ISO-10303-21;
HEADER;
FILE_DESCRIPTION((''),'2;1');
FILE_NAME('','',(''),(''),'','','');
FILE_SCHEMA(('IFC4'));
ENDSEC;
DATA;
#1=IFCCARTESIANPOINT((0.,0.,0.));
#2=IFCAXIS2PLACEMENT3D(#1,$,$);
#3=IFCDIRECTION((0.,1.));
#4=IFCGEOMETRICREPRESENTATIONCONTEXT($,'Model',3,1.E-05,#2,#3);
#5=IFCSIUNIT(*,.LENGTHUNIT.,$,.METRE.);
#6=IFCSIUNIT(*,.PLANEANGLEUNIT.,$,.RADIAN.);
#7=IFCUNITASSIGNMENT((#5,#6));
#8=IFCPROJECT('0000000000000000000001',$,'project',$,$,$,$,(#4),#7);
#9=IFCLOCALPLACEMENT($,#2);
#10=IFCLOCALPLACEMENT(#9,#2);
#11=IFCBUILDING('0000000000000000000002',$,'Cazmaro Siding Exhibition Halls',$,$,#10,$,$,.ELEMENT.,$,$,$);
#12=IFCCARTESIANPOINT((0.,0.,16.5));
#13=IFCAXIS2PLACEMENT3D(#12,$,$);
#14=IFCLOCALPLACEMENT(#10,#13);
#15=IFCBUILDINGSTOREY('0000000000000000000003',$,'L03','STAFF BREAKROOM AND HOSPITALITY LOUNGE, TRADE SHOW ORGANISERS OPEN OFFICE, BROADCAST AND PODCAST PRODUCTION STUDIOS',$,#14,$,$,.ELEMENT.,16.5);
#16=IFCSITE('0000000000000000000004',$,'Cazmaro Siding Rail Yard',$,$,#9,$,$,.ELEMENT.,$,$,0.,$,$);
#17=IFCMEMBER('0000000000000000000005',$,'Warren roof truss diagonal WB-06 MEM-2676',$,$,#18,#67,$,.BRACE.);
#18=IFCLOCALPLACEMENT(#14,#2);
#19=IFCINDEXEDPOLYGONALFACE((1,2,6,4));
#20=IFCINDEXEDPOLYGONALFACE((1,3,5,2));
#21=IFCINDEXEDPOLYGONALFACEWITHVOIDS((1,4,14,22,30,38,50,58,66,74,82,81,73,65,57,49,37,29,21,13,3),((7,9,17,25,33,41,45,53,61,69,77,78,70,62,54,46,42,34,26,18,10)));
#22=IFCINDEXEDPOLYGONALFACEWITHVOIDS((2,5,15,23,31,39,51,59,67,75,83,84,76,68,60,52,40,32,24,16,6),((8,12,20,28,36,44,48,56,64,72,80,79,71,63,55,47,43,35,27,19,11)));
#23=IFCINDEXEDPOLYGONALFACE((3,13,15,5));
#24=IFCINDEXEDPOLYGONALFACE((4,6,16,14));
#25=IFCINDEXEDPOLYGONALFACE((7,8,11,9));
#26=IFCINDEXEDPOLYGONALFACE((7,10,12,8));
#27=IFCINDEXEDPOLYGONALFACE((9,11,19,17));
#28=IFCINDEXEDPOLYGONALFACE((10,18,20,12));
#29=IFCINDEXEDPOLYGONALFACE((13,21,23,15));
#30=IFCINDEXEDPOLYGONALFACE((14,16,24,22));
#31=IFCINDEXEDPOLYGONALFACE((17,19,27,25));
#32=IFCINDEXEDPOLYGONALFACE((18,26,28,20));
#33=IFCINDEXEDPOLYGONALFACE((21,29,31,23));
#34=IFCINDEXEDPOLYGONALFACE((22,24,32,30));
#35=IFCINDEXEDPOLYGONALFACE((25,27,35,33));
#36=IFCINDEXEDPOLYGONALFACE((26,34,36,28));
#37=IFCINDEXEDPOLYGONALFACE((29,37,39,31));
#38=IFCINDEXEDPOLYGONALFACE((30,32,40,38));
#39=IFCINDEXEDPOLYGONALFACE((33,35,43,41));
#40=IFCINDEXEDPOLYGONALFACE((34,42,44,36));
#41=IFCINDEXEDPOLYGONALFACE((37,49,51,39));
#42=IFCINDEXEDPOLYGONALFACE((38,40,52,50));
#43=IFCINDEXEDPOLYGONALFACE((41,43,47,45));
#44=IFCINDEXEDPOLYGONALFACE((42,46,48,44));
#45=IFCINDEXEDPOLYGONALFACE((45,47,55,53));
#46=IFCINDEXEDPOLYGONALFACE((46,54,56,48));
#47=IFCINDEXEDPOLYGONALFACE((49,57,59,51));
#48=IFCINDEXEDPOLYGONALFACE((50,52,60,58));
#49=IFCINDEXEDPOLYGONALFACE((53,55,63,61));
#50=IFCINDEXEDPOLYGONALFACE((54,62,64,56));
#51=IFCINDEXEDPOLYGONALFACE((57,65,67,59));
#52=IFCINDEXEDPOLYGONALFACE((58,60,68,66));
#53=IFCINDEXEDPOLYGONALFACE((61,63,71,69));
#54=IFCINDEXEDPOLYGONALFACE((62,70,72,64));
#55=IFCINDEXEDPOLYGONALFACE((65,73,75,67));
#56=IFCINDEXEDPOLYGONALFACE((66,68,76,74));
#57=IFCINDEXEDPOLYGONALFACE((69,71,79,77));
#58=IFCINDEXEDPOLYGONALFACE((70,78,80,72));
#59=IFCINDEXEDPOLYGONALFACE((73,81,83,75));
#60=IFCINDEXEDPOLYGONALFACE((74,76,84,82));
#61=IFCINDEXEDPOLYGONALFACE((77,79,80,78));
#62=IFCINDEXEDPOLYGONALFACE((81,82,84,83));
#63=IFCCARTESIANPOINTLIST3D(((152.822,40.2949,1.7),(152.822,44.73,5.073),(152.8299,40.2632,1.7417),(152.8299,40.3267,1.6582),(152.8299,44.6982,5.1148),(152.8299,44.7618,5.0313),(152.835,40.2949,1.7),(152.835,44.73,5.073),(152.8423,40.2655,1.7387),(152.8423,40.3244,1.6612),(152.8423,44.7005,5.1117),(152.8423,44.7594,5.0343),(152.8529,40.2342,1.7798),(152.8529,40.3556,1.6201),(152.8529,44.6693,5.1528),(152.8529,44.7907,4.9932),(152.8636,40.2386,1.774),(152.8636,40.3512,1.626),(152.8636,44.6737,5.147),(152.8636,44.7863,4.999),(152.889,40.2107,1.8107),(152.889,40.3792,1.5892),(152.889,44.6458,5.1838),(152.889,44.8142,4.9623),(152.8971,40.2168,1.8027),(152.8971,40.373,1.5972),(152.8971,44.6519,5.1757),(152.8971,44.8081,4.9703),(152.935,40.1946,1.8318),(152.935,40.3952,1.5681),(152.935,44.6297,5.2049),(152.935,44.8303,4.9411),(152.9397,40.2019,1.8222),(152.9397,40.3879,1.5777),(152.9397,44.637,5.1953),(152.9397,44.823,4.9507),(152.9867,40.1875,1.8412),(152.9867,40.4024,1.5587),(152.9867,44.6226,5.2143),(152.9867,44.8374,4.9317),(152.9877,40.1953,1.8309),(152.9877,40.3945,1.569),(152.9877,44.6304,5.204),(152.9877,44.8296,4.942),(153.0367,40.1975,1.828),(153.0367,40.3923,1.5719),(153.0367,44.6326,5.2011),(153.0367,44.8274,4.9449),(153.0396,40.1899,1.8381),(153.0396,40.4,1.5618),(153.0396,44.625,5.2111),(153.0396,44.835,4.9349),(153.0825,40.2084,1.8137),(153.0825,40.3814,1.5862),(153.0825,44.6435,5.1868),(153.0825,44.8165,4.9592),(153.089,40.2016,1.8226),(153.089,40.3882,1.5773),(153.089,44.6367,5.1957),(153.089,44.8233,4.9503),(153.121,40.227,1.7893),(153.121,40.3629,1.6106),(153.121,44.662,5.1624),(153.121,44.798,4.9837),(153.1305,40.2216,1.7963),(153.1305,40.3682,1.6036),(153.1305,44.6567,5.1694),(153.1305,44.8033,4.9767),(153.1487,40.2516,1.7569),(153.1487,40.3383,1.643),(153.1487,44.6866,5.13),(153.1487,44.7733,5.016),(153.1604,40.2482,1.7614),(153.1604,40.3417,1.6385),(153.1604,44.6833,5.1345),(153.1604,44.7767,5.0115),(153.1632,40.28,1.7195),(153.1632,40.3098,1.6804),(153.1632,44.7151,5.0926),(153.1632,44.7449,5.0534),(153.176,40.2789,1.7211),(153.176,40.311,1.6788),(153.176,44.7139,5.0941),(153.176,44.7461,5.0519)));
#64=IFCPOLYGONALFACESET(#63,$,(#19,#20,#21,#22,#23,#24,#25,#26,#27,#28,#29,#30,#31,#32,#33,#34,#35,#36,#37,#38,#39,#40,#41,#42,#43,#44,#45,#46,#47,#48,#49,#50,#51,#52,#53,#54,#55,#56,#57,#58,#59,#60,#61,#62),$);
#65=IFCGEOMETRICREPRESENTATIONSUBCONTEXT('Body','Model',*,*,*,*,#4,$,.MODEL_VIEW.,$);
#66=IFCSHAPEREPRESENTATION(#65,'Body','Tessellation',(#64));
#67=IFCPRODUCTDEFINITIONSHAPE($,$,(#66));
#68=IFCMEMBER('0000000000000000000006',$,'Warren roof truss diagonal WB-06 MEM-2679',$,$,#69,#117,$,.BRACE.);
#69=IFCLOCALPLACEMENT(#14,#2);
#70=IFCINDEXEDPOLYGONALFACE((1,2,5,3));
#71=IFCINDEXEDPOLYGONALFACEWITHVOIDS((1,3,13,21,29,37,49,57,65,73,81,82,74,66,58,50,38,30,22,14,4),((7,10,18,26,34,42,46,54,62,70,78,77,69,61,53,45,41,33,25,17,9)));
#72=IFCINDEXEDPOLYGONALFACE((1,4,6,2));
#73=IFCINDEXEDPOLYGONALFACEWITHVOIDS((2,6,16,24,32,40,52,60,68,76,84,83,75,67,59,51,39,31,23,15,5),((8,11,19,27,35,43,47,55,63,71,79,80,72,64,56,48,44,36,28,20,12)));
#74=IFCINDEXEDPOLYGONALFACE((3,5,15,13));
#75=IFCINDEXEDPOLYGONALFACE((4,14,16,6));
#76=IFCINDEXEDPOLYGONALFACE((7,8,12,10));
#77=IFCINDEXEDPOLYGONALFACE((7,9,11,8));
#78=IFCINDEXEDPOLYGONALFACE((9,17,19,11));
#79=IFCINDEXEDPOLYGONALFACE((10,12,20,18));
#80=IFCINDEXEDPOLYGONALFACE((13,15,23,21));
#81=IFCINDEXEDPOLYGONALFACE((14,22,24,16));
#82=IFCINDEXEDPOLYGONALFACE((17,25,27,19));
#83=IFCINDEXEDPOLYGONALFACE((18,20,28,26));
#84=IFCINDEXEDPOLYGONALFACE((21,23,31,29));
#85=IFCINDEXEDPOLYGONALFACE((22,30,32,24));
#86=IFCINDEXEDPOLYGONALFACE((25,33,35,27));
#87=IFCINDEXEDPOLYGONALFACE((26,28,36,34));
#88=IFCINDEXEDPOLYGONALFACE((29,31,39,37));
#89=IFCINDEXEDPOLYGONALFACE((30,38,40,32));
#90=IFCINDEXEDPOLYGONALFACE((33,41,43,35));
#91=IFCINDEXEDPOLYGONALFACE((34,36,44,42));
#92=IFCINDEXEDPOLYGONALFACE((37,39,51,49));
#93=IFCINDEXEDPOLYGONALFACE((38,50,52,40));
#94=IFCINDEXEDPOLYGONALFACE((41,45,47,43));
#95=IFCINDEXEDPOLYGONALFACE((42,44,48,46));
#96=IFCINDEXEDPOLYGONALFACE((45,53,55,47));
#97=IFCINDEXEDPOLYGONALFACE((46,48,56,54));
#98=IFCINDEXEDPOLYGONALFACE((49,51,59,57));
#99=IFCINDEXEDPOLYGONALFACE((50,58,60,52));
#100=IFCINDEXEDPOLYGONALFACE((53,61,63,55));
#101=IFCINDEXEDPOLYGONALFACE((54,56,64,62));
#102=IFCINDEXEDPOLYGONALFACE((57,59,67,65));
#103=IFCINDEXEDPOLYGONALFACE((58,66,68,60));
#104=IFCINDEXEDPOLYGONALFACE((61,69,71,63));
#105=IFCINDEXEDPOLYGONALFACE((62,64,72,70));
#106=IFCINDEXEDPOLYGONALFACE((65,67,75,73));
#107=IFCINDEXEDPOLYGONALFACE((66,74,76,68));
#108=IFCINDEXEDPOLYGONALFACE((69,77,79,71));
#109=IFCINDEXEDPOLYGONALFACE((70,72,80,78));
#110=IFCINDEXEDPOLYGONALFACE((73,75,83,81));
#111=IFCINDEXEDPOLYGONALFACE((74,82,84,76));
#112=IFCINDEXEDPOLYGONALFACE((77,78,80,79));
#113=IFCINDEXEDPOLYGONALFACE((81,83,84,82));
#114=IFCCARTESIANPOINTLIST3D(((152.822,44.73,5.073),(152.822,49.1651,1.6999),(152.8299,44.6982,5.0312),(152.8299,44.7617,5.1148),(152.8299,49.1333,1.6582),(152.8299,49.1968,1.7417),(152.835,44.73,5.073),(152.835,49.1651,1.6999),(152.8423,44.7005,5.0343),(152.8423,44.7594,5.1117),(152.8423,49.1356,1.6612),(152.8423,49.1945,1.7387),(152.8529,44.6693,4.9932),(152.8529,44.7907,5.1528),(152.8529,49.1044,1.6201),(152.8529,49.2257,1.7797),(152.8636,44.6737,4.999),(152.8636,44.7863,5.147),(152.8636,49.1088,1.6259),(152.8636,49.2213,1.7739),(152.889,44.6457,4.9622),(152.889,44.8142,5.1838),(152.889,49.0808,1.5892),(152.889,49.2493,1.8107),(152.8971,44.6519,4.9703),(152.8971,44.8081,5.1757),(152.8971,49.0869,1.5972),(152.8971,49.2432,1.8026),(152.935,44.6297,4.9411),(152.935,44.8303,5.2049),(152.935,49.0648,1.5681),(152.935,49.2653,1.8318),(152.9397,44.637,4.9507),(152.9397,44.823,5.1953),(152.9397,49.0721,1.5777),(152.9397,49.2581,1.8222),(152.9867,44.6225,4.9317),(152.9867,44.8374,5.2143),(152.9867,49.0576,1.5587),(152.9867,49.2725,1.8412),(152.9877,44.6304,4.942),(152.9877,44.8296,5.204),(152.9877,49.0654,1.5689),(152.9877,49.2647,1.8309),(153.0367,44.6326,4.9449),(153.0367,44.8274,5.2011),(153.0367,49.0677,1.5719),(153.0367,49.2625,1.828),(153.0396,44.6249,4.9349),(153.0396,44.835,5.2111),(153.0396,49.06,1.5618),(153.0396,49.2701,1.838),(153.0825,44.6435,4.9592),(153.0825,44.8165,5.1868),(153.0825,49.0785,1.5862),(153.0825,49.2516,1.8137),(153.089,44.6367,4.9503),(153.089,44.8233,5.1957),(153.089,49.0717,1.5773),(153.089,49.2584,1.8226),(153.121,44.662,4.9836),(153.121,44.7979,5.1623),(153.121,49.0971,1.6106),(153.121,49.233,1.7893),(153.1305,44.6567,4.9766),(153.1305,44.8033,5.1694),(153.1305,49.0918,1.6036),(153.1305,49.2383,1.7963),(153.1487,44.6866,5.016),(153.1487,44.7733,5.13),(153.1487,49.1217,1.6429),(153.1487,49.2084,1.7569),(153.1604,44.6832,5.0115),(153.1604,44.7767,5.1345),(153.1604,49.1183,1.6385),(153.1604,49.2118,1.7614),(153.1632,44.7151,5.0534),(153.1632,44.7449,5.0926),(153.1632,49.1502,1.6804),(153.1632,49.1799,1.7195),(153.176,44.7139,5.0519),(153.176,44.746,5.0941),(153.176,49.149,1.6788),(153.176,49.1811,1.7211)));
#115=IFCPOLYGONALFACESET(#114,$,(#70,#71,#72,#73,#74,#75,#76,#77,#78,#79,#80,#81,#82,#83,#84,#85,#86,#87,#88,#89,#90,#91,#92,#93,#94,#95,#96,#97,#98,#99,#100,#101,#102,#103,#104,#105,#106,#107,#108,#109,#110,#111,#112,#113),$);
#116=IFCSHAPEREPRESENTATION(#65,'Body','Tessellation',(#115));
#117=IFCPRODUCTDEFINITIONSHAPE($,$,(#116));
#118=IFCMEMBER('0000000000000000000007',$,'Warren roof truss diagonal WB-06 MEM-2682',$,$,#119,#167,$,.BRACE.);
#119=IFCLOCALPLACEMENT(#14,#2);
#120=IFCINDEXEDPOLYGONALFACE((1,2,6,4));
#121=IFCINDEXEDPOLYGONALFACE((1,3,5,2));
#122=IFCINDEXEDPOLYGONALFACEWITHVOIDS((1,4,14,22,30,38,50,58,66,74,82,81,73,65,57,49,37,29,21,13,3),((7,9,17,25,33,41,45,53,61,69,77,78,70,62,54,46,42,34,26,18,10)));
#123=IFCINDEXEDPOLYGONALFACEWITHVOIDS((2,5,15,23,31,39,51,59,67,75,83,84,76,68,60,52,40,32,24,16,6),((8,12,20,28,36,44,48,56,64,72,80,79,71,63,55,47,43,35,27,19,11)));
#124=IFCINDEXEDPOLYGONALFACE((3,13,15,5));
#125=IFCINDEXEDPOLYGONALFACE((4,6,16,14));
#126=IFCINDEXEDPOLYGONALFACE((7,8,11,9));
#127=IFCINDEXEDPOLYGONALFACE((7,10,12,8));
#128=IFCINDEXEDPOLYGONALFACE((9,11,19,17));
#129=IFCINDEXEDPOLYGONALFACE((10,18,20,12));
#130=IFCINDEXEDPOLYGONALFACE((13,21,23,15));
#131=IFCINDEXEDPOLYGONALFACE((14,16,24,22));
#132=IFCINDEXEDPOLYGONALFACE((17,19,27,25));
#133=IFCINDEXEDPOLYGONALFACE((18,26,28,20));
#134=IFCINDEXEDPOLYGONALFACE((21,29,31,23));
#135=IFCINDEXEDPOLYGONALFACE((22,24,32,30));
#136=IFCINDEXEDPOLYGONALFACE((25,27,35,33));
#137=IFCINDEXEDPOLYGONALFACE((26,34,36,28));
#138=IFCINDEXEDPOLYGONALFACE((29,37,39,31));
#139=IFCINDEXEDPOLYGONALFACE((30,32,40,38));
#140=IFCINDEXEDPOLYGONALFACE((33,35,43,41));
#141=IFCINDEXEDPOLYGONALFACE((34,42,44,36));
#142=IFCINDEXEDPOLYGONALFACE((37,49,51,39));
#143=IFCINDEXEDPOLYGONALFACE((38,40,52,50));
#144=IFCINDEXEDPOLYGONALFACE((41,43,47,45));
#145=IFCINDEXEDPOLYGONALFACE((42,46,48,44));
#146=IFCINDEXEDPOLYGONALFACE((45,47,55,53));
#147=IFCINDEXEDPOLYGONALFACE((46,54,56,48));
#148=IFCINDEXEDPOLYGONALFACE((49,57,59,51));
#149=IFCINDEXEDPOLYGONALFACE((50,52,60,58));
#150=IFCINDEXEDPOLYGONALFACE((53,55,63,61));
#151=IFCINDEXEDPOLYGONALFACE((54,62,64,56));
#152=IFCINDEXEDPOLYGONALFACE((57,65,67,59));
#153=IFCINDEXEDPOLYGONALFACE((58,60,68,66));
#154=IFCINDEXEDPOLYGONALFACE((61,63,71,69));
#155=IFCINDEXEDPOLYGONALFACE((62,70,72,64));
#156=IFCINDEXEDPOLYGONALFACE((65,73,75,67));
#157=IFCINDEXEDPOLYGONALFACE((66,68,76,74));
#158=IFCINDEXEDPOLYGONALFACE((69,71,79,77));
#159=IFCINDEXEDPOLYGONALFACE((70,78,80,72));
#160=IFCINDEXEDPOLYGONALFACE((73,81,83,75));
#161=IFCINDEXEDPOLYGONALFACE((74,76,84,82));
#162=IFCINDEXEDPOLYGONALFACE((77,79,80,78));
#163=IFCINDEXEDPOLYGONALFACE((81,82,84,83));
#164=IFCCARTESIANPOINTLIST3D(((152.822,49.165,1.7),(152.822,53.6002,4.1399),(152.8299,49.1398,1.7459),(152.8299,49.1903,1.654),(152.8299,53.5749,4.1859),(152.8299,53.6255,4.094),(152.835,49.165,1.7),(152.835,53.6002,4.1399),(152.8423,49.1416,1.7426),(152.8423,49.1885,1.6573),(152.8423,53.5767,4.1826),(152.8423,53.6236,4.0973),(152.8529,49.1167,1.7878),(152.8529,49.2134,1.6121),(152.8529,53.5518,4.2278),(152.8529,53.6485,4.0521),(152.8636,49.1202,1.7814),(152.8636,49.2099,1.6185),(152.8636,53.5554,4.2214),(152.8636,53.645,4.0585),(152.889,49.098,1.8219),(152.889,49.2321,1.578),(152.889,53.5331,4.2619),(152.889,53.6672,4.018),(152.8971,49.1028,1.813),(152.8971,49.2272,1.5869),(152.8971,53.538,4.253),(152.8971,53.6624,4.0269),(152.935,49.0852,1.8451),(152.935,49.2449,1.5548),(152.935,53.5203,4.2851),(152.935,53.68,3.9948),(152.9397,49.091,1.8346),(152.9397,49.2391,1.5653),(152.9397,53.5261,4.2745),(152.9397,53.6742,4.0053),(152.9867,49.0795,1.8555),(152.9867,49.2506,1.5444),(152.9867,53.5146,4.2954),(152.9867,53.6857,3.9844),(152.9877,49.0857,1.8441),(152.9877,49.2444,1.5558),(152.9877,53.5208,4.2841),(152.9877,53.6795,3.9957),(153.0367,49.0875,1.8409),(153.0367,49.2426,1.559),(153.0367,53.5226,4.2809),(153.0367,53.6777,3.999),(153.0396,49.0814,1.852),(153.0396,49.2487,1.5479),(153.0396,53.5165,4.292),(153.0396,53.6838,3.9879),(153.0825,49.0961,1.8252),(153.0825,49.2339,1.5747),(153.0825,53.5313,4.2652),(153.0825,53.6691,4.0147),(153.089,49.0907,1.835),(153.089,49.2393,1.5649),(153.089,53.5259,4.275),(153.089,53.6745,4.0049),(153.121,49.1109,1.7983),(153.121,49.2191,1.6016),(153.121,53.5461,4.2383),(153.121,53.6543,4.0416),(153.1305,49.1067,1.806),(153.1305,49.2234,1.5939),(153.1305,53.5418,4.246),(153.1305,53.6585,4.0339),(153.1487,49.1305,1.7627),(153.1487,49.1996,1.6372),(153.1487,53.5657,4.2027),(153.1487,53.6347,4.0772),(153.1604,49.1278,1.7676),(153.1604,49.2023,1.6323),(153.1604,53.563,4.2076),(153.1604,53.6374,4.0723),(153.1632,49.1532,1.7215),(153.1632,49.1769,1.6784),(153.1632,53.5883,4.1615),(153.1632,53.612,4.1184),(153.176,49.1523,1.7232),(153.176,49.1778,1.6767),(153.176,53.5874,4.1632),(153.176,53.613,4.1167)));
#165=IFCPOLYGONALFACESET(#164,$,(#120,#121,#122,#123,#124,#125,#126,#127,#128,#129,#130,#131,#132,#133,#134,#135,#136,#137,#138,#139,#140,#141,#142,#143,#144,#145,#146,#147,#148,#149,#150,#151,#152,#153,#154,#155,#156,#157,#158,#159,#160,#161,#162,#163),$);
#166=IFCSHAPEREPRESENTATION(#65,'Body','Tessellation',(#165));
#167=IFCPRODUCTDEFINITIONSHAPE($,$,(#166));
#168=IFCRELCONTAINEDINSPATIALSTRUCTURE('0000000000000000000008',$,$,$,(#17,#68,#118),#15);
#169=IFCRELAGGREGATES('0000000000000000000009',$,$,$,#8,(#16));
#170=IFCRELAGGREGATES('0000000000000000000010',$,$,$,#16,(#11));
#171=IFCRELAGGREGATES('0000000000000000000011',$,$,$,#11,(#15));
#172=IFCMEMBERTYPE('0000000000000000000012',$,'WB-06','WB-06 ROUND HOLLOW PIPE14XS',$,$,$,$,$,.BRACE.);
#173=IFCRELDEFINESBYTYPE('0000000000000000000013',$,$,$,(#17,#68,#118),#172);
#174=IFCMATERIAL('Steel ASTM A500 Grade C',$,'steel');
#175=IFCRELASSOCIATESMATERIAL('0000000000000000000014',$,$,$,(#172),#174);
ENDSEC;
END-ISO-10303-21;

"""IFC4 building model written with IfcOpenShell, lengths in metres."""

from ifc_helpers import new_model, si_unit, direction, frame, origin, origin_2d, place, context, subcontext, project, spatial, hollow_circle, extrude, material, material_profile, profile_set, type_object, element, save


model = new_model("IFC4")

# Units and contexts
model_context = context("Model", 3, precision=1e-05, world=origin(), true_north=direction((0.0, 1.0)))
body_context = subcontext(model_context, "Body", "Model", "MODEL_VIEW")
ifc_project = project(units=[si_unit("LENGTHUNIT", "METRE"), si_unit("PLANEANGLEUNIT", "RADIAN")], contexts=[model_context])

# Site, building, storey
site_placement = place(None, origin())
site = spatial("IfcSite", under=ifc_project, at=site_placement, Name="Cazmaro Siding Rail Yard", CompositionType="ELEMENT", RefElevation=0.0)
building_placement = place(site_placement, origin())
building = spatial("IfcBuilding", under=site, at=building_placement, Name="Cazmaro Siding Exhibition Halls", CompositionType="ELEMENT")
storey_placement = place(building_placement, frame((0.0, 0.0, 16.5)))
storey = spatial("IfcBuildingStorey", under=building, at=storey_placement, Name="L03", Description="STAFF BREAKROOM AND HOSPITALITY LOUNGE, TRADE SHOW ORGANISERS OPEN OFFICE, BROADCAST AND PODCAST PRODUCTION STUDIOS", CompositionType="ELEMENT", Elevation=16.5)

# Members
ifc_material_1 = material(Name="Steel ASTM A500 Grade C", Category="steel")
ifc_material_profile_1 = material_profile(ifc_material_1, hollow_circle(Radius=0.178, WallThickness=0.0129, at=origin_2d()), Name="PIPE14XS")
ifc_profile_set_1 = profile_set([ifc_material_profile_1], Name="Steel ASTM A500 Grade C")
member_type_1 = type_object("IfcMemberType", Name="WB-06", Description="WB-06 ROUND HOLLOW PIPE14XS", PredefinedType="BRACE", material=ifc_profile_set_1)
for number, where, z_axis, x_axis, name in (
    (1, (153.0, 40.2949, 1.7), (0.0, 0.795954, 0.605357), (-1.0, 0.0, 0.0), "Warren roof truss diagonal WB-06 MEM-2676"),
    (2, (153.0, 44.73, 5.073), (0.0, 0.795954, -0.605357), (-1.0, 0.0, 0.0), "Warren roof truss diagonal WB-06 MEM-2679"),
):
    element("IfcMember", number, at=place(storey_placement, frame(where, z_axis=z_axis, x_axis=x_axis)), inside=storey, type_object=member_type_1, Name=name, PredefinedType="BRACE", context=body_context, shape_type="SweptSolid", body=[
        extrude(hollow_circle(Radius=0.178, WallThickness=0.0129, at=origin_2d()), origin(), (0.0, 0.0, 1.0), 5.572),
    ])
member_1_placement = place(storey_placement, frame((153.0, 49.165, 1.7), z_axis=(0.0, 0.876161, 0.482019), x_axis=(-1.0, 0.0, 0.0)))
element("IfcMember", 3, at=member_1_placement, inside=storey, type_object=member_type_1, Name="Warren roof truss diagonal WB-06 MEM-2682", PredefinedType="BRACE", context=body_context, shape_type="SweptSolid", body=[
    extrude(hollow_circle(Radius=0.178, WallThickness=0.0129, at=origin_2d()), origin(), (0.0, 0.0, 1.0), 5.062),
])

save(model, "model.ifc")
